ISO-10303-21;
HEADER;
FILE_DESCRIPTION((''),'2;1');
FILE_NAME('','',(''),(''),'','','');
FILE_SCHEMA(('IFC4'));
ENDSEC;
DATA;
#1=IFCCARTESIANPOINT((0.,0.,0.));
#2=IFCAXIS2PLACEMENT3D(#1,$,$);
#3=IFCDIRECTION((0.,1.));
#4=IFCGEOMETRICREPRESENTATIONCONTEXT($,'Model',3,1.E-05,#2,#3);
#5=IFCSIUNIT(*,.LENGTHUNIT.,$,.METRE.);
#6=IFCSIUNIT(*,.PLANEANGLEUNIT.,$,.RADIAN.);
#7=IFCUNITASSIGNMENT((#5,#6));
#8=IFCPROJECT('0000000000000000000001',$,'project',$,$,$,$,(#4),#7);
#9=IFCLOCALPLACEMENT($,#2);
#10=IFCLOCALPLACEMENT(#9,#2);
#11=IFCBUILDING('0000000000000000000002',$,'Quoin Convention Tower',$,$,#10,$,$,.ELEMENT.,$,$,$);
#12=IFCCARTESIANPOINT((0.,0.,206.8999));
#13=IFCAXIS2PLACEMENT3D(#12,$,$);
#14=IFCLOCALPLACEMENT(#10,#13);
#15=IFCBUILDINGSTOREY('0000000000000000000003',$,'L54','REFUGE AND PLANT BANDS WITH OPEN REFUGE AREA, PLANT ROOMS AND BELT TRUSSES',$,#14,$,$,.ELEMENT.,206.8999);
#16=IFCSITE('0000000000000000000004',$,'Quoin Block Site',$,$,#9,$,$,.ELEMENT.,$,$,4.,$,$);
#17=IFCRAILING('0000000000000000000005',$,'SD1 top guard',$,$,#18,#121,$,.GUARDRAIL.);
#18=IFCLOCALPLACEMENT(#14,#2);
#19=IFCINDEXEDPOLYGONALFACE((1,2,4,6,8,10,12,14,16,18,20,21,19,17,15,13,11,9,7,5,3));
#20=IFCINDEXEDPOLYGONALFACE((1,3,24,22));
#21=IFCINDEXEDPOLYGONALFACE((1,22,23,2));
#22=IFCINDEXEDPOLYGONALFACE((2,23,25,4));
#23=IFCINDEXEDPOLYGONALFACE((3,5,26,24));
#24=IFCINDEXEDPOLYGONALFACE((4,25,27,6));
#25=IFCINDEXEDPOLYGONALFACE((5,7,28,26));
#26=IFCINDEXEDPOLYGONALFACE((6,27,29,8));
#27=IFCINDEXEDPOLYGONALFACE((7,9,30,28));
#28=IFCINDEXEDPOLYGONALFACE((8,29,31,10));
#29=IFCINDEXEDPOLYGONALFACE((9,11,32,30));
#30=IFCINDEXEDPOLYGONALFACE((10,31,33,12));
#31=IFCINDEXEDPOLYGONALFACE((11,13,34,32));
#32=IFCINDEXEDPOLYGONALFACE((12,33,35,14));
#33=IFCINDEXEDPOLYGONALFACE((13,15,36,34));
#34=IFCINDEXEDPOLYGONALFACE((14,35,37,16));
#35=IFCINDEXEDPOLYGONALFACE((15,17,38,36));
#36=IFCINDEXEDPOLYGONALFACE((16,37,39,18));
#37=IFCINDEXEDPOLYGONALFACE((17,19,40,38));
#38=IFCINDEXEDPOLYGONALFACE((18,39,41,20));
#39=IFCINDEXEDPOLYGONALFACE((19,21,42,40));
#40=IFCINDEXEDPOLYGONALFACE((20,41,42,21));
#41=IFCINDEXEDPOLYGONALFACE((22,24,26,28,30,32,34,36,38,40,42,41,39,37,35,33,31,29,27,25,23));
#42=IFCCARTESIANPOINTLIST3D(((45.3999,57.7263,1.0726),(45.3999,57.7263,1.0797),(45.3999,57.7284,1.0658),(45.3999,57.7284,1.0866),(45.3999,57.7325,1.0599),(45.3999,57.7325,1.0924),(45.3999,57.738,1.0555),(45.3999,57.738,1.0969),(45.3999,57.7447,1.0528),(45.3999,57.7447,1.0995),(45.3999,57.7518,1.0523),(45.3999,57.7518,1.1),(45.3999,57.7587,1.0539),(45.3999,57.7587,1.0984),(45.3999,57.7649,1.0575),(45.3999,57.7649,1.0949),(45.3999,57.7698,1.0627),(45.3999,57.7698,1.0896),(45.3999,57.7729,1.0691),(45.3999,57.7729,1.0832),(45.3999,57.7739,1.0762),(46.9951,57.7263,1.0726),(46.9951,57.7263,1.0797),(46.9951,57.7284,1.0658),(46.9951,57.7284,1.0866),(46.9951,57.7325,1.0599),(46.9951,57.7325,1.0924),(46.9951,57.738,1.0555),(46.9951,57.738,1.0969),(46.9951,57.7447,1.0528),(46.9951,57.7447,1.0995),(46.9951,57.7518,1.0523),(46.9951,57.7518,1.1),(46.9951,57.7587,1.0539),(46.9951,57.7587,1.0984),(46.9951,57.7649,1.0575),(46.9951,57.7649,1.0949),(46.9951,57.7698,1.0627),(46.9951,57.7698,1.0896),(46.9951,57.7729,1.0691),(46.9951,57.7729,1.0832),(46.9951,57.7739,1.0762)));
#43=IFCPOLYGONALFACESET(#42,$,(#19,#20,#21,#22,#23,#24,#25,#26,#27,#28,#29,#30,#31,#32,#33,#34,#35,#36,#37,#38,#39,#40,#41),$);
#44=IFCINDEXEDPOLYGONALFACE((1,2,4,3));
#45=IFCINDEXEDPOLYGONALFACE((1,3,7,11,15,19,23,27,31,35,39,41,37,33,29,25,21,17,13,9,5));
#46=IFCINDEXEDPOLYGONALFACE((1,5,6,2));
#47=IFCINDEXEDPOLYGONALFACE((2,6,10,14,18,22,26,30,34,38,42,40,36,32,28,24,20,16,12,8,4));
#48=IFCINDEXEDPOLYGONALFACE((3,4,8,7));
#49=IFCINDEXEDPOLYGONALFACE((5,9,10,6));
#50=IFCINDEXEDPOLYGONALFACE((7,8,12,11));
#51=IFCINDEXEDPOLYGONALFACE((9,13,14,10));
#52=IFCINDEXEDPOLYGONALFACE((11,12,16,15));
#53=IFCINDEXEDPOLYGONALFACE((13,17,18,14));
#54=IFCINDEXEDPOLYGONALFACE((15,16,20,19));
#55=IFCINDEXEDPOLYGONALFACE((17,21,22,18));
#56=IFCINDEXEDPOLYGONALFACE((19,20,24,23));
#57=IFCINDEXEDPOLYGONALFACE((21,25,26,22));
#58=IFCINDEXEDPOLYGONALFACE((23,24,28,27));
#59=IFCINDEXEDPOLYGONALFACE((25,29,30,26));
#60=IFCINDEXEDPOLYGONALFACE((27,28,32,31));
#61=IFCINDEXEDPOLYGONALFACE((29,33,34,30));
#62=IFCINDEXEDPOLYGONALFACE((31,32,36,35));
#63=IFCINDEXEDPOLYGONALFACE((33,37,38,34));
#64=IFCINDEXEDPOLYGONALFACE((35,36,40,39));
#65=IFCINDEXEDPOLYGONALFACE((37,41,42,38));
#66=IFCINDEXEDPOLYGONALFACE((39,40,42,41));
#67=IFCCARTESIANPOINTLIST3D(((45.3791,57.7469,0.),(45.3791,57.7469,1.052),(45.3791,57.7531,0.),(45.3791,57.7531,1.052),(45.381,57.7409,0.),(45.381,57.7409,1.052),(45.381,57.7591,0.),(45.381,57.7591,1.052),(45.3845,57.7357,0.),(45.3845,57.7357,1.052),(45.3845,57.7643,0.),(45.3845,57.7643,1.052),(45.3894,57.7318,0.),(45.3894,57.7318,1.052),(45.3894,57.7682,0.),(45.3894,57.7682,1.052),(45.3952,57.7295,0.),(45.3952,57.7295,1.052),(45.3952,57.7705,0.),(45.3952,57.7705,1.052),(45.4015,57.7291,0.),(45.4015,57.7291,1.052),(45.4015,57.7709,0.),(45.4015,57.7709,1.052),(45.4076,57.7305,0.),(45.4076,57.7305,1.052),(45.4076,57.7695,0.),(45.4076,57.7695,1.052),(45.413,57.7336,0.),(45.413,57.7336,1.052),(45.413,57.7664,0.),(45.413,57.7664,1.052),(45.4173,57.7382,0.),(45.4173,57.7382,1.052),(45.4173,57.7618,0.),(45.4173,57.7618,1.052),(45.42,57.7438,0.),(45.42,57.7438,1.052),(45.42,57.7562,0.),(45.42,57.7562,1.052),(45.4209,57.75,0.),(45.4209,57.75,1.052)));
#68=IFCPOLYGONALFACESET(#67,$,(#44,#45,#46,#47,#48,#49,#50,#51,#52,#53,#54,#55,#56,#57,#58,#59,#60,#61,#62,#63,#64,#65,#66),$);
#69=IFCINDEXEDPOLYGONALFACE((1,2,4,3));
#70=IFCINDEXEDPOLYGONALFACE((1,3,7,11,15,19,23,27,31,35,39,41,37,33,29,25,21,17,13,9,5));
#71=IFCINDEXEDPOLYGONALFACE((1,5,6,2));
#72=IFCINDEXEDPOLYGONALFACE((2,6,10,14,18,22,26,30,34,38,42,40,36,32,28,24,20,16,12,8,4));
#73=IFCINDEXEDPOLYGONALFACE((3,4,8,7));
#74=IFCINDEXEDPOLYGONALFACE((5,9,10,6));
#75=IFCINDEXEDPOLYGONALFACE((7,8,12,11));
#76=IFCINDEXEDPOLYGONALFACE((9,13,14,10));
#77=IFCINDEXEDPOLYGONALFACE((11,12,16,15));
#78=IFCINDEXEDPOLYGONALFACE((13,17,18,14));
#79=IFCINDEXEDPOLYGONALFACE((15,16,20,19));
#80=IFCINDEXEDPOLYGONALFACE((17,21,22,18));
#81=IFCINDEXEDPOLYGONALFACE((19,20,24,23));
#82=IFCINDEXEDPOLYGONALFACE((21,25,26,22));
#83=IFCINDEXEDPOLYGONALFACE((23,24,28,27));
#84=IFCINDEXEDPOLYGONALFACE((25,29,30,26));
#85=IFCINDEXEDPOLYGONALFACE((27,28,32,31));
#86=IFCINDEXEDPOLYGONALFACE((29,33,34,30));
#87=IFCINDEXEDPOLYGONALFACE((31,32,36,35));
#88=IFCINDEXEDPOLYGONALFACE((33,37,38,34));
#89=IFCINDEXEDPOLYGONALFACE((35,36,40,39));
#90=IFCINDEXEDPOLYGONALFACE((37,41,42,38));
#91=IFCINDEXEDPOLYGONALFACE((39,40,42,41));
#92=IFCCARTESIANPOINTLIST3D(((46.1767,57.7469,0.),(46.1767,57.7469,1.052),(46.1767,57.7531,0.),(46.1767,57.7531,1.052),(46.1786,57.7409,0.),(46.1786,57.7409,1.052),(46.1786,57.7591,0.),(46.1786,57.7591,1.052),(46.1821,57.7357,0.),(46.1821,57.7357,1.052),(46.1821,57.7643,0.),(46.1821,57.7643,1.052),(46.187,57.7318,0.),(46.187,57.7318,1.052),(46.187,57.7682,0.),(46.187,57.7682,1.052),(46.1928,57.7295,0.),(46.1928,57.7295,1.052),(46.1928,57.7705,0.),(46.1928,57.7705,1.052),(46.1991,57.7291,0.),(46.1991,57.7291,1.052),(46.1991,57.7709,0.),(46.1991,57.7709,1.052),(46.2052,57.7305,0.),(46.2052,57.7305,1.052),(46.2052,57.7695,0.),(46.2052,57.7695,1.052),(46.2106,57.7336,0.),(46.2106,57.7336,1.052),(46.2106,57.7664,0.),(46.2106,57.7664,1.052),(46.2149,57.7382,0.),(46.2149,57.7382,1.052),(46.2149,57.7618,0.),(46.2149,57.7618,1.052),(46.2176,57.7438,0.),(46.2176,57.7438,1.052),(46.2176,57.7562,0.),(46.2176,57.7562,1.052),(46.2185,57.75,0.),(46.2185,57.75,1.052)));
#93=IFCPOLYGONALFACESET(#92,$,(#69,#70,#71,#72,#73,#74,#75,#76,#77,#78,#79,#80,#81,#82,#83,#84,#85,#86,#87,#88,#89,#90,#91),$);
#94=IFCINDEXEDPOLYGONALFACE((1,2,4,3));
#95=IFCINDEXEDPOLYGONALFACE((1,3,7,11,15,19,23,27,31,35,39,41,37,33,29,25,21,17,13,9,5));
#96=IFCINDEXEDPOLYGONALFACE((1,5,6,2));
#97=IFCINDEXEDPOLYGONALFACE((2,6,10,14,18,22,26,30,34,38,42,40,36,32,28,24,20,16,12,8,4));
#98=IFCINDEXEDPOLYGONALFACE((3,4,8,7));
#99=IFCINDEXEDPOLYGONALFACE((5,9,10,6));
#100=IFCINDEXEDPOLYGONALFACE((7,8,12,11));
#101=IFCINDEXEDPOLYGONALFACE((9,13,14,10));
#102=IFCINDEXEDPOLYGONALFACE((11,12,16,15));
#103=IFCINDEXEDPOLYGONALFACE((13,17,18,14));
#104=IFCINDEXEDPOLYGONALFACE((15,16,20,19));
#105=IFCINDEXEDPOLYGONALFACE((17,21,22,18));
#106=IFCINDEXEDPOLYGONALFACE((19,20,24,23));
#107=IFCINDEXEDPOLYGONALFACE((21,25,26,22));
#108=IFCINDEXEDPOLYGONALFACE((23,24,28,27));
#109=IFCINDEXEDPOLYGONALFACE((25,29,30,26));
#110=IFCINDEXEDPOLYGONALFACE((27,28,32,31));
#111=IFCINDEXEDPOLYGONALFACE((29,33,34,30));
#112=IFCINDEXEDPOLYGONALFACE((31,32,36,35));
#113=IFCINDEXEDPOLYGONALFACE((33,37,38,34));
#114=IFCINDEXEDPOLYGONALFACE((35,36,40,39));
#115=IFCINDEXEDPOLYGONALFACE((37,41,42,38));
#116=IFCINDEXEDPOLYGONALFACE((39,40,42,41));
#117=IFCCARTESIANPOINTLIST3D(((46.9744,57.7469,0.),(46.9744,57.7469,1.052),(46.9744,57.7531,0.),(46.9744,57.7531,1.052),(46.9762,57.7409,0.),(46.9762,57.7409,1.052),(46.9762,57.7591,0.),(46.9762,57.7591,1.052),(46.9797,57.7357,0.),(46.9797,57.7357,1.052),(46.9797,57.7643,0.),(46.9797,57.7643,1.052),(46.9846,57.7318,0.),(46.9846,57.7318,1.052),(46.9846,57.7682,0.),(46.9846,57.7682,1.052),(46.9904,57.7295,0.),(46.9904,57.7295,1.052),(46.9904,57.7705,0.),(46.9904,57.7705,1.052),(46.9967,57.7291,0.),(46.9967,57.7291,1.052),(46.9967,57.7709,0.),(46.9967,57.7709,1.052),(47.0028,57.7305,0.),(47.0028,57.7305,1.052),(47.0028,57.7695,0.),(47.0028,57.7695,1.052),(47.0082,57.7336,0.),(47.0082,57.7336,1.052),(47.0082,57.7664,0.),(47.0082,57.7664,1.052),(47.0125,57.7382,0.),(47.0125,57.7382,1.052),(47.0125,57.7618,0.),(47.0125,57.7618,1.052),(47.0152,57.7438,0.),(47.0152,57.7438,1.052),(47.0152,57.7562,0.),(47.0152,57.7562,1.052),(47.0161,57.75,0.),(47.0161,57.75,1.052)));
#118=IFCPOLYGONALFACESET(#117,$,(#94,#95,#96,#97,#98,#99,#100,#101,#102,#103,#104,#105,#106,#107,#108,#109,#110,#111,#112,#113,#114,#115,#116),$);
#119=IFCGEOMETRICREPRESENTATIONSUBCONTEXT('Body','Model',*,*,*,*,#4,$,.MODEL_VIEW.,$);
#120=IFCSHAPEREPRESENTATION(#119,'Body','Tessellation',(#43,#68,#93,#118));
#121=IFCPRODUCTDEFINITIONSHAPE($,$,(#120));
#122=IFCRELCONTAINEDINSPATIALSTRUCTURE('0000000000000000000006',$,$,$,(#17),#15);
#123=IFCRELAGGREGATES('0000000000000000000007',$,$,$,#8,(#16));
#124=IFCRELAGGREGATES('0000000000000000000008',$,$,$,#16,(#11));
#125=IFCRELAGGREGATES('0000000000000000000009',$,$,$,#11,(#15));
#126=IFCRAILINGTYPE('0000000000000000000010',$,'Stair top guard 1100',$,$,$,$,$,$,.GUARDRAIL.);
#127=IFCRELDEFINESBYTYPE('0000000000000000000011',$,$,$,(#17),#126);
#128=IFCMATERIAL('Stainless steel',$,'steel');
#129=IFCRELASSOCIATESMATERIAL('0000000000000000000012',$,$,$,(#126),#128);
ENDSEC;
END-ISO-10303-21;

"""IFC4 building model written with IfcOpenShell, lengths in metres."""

from ifc_helpers import new_model, si_unit, direction, frame, origin, origin_2d, place, context, subcontext, project, spatial, circle, extrude, material, type_object, element, save


model = new_model("IFC4")

# Units and contexts
model_context = context("Model", 3, precision=1e-05, world=origin(), true_north=direction((0.0, 1.0)))
body_context = subcontext(model_context, "Body", "Model", "MODEL_VIEW")
ifc_project = project(units=[si_unit("LENGTHUNIT", "METRE"), si_unit("PLANEANGLEUNIT", "RADIAN")], contexts=[model_context])

# Site, building, storey
site_placement = place(None, origin())
site = spatial("IfcSite", under=ifc_project, at=site_placement, Name="Quoin Block Site", CompositionType="ELEMENT", RefElevation=4.0)
building_placement = place(site_placement, origin())
building = spatial("IfcBuilding", under=site, at=building_placement, Name="Quoin Convention Tower", CompositionType="ELEMENT")
storey_placement = place(building_placement, frame((0.0, 0.0, 206.8999)))
storey = spatial("IfcBuildingStorey", under=building, at=storey_placement, Name="L54", Description="REFUGE AND PLANT BANDS WITH OPEN REFUGE AREA, PLANT ROOMS AND BELT TRUSSES", CompositionType="ELEMENT", Elevation=206.8999)

# Railing
ifc_material_1 = material(Name="Stainless steel", Category="steel")
railing_type_1 = type_object("IfcRailingType", Name="Stair top guard 1100", PredefinedType="GUARDRAIL", material=ifc_material_1)
railing_1_placement = place(storey_placement, frame((45.3999, 57.75, 0.0)))
element("IfcRailing", 1, at=railing_1_placement, inside=storey, type_object=railing_type_1, Name="SD1 top guard", PredefinedType="GUARDRAIL", context=body_context, shape_type="SweptSolid", body=[
    extrude(circle(Radius=0.0239, at=origin_2d()), frame((0.0, 0.0, 1.0762), z_axis=(1.0, 0.0, 0.0), x_axis=(0.0, 1.0, 0.0)), (0.0, 0.0, 1.0), 1.5952),
    extrude(circle(Radius=0.021, at=origin_2d()), origin(), (0.0, 0.0, 1.0), 1.052),
    extrude(circle(Radius=0.021, at=origin_2d()), frame((0.7976, 0.0, 0.0)), (0.0, 0.0, 1.0), 1.052),
    extrude(circle(Radius=0.021, at=origin_2d()), frame((1.5952, 0.0, 0.0)), (0.0, 0.0, 1.0), 1.052),
])

save(model, "model.ifc")
